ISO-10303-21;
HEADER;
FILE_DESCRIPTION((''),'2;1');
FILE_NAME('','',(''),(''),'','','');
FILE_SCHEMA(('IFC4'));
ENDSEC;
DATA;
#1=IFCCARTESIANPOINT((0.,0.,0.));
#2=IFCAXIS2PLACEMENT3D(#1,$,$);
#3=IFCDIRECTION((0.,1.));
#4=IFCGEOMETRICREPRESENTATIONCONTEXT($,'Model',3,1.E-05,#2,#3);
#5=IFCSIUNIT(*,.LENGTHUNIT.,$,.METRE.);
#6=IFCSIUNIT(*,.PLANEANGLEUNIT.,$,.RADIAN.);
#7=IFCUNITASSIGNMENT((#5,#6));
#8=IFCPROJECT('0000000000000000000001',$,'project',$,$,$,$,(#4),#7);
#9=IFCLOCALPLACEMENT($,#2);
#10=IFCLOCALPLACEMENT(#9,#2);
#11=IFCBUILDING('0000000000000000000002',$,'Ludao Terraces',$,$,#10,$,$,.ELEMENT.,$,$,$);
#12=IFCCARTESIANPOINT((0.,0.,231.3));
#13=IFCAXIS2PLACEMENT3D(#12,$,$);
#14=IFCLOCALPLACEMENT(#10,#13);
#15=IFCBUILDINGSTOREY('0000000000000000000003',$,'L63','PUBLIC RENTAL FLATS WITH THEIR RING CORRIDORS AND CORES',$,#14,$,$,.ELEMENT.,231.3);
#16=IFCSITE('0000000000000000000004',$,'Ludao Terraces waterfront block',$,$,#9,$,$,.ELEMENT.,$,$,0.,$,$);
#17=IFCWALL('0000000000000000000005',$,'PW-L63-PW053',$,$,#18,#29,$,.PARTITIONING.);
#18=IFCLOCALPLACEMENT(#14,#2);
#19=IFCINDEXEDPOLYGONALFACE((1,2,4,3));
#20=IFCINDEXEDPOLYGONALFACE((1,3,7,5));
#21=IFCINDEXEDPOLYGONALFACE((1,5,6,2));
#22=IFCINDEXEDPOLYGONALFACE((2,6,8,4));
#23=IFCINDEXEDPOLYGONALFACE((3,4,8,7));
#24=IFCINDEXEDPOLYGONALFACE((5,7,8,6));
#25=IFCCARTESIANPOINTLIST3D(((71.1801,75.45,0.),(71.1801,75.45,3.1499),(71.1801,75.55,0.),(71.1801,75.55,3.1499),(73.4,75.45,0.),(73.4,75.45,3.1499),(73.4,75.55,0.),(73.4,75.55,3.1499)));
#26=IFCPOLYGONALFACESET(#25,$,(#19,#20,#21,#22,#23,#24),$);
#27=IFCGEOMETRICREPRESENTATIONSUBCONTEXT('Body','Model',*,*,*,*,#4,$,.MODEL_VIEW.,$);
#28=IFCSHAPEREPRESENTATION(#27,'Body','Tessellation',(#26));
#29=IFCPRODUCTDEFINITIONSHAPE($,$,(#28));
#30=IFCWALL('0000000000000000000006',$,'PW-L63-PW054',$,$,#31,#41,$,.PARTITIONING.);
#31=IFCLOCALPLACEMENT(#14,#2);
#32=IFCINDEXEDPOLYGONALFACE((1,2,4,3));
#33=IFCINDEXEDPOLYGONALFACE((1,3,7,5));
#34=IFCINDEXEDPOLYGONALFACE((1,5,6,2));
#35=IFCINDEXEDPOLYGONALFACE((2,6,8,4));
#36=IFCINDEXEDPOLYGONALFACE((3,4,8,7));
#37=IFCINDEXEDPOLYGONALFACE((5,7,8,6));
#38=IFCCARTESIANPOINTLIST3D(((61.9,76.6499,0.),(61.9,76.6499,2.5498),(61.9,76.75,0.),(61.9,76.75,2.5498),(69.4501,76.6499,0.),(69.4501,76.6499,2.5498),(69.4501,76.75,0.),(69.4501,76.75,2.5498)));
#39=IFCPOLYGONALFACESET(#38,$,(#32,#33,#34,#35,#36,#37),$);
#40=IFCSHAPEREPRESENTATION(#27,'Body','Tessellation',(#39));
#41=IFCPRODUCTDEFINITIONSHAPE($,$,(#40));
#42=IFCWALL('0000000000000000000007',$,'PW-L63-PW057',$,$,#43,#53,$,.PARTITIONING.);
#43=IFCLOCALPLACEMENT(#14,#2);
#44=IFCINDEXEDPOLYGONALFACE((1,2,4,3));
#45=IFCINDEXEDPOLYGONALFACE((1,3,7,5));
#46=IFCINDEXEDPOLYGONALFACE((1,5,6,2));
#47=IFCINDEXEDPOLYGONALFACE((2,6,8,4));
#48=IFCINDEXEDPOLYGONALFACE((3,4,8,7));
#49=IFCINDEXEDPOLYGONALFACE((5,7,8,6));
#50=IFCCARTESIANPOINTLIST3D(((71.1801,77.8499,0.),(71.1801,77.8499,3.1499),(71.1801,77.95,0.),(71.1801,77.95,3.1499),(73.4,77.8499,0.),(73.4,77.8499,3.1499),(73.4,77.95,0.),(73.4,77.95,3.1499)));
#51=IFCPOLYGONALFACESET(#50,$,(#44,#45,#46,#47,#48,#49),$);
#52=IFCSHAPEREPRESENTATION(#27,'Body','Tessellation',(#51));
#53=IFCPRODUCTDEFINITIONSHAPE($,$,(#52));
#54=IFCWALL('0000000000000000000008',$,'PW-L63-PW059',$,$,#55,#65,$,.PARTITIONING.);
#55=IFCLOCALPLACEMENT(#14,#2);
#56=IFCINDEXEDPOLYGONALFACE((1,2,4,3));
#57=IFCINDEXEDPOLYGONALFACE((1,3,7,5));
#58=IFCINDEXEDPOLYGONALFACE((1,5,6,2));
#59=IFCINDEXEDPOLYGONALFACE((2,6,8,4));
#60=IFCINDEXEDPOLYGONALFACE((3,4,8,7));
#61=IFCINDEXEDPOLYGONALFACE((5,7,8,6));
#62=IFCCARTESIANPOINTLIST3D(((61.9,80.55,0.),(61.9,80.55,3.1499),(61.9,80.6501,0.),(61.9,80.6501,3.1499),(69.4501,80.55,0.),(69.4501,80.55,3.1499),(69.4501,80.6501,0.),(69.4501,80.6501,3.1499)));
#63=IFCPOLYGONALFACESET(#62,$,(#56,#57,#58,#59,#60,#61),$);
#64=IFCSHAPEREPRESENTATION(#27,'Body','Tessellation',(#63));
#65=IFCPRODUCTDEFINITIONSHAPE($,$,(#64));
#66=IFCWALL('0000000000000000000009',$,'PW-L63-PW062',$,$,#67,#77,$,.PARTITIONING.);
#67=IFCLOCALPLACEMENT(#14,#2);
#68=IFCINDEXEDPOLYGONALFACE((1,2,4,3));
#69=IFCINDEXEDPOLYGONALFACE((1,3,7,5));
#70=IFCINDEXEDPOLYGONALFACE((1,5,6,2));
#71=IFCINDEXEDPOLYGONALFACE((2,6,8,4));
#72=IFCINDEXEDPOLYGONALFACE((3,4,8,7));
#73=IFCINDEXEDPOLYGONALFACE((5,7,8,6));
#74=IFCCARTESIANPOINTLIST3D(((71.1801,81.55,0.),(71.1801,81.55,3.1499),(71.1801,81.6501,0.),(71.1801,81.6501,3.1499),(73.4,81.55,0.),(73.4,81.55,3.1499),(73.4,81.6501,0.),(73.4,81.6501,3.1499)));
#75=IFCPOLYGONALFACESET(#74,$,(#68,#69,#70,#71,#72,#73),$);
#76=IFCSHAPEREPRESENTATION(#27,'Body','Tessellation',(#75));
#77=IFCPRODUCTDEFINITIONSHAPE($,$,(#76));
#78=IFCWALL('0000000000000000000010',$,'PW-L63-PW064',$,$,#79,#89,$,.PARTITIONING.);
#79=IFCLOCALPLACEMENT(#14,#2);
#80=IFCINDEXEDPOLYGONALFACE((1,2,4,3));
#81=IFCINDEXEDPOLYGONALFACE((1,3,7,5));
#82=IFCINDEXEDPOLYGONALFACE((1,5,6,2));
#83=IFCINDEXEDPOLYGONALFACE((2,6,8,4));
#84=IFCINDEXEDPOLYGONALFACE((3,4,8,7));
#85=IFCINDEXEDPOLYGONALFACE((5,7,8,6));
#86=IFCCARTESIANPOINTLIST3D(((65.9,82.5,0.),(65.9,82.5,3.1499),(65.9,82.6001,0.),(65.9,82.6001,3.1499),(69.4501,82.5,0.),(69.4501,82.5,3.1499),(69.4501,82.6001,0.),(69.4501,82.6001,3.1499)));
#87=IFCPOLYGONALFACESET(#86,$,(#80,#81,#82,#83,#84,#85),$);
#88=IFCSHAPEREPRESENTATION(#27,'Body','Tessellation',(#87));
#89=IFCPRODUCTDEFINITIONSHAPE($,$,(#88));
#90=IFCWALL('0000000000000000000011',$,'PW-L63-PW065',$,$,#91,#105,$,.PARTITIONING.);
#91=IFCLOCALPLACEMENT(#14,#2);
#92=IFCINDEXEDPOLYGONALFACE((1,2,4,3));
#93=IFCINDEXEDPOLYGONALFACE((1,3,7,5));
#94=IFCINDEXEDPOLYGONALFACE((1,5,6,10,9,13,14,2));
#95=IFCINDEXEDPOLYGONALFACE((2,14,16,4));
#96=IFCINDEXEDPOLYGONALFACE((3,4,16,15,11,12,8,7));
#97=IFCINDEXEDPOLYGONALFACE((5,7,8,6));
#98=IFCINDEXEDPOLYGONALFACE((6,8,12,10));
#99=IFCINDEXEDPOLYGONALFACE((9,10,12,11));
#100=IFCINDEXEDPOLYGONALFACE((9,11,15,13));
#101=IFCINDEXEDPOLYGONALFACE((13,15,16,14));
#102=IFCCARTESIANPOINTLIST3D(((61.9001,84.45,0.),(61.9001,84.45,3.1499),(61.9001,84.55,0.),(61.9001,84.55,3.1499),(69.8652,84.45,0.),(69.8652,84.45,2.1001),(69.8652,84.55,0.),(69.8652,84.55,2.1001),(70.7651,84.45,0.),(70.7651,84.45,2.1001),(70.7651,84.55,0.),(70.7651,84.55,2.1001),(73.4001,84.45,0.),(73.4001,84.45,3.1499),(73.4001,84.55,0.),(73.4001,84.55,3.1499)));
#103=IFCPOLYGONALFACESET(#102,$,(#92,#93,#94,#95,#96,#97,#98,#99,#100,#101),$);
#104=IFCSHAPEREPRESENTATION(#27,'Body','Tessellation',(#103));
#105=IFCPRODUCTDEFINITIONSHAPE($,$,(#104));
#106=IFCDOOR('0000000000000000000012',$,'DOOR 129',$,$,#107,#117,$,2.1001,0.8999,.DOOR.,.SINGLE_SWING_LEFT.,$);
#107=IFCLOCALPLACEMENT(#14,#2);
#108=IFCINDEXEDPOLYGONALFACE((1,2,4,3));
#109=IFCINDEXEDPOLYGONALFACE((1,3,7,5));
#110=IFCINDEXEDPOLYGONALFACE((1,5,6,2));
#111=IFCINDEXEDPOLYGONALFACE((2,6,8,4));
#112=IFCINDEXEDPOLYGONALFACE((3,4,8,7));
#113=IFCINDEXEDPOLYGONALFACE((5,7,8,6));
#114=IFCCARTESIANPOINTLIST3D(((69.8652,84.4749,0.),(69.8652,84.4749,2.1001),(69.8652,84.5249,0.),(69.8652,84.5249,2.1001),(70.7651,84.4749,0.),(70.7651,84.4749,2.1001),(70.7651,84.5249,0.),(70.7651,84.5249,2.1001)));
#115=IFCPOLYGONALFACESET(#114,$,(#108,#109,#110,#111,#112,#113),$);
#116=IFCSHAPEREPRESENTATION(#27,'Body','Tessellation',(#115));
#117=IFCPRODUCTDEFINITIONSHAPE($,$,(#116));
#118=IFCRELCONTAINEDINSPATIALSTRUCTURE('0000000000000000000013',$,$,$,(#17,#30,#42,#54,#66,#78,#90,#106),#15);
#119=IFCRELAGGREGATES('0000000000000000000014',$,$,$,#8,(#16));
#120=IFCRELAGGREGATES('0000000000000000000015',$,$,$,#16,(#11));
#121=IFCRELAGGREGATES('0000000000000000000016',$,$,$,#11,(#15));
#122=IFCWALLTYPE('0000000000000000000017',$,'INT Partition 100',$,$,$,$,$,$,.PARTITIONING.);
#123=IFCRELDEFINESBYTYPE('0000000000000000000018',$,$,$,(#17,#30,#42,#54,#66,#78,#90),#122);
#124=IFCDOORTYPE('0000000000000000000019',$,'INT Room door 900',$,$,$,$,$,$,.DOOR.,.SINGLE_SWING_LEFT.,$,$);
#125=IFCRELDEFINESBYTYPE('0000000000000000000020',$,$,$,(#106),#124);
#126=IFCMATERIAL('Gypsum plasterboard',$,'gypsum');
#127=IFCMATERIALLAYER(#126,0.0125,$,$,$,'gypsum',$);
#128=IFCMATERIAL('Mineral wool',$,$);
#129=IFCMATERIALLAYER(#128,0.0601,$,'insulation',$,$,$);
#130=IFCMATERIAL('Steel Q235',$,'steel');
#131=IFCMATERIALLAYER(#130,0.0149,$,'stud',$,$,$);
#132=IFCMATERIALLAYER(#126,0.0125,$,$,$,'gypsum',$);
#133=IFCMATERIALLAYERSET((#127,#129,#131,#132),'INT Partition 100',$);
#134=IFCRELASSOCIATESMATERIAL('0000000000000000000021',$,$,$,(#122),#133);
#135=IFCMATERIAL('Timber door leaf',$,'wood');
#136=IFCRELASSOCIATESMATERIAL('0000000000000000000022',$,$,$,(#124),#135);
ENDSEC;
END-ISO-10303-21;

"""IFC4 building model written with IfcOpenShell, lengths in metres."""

from ifc_helpers import new_model, si_unit, direction, frame, frame_2d, origin, place, context, subcontext, project, spatial, rectangle, extrude, material, layer, layer_set, type_object, element, fill, save


model = new_model("IFC4")

# Units and contexts
model_context = context("Model", 3, precision=1e-05, world=origin(), true_north=direction((0.0, 1.0)))
body_context = subcontext(model_context, "Body", "Model", "MODEL_VIEW")
ifc_project = project(units=[si_unit("LENGTHUNIT", "METRE"), si_unit("PLANEANGLEUNIT", "RADIAN")], contexts=[model_context])

# Site, building, storey
site_placement = place(None, origin())
site = spatial("IfcSite", under=ifc_project, at=site_placement, Name="Ludao Terraces waterfront block", CompositionType="ELEMENT", RefElevation=0.0)
building_placement = place(site_placement, origin())
building = spatial("IfcBuilding", under=site, at=building_placement, Name="Ludao Terraces", CompositionType="ELEMENT")
storey_placement = place(building_placement, frame((0.0, 0.0, 231.3)))
storey = spatial("IfcBuildingStorey", under=building, at=storey_placement, Name="L63", Description="PUBLIC RENTAL FLATS WITH THEIR RING CORRIDORS AND CORES", CompositionType="ELEMENT", Elevation=231.3)

# Shared definitions
ifc_material_1 = material(Name="Mineral wool")

# Walls
ifc_material_2 = material(Name="Gypsum plasterboard", Category="gypsum")
ifc_layer_1 = layer(ifc_material_2, 0.0125, Category="gypsum")
ifc_layer_2 = layer(ifc_material_1, 0.0601, Name="insulation")
ifc_material_3 = material(Name="Steel Q235", Category="steel")
ifc_layer_3 = layer(ifc_material_3, 0.0149, Name="stud")
ifc_layer_4 = layer(ifc_material_2, 0.0125, Category="gypsum")
ifc_layer_set_1 = layer_set([ifc_layer_1, ifc_layer_2, ifc_layer_3, ifc_layer_4], Name="INT Partition 100")
wall_type_1 = type_object("IfcWallType", Name="INT Partition 100", PredefinedType="PARTITIONING", material=ifc_layer_set_1)
wall_1_placement = place(storey_placement, frame((71.1802, 75.5, 0.0), z_axis=(0.0, 0.0, 1.0), x_axis=(1.0, 0.0, 0.0)))
element("IfcWall", 1, at=wall_1_placement, inside=storey, type_object=wall_type_1, Name="PW-L63-PW053", PredefinedType="PARTITIONING", context=body_context, shape_type="SweptSolid", body=[
    extrude(rectangle(XDim=2.22, YDim=0.1001, at=frame_2d((1.1099, 0.0))), origin(), (0.0, 0.0, 1.0), 3.1499),
])
wall_2_placement = place(storey_placement, frame((61.9001, 76.7, 0.0), z_axis=(0.0, 0.0, 1.0), x_axis=(1.0, 0.0, 0.0)))
element("IfcWall", 2, at=wall_2_placement, inside=storey, type_object=wall_type_1, Name="PW-L63-PW054", PredefinedType="PARTITIONING", context=body_context, shape_type="SweptSolid", body=[
    extrude(rectangle(XDim=7.55, YDim=0.1001, at=frame_2d((3.7749, 0.0))), origin(), (0.0, 0.0, 1.0), 2.5498),
])
wall_3_placement = place(storey_placement, frame((71.1802, 77.8999, 0.0), z_axis=(0.0, 0.0, 1.0), x_axis=(1.0, 0.0, 0.0)))
element("IfcWall", 3, at=wall_3_placement, inside=storey, type_object=wall_type_1, Name="PW-L63-PW057", PredefinedType="PARTITIONING", context=body_context, shape_type="SweptSolid", body=[
    extrude(rectangle(XDim=2.22, YDim=0.1001, at=frame_2d((1.1099, 0.0))), origin(), (0.0, 0.0, 1.0), 3.1499),
])
wall_4_placement = place(storey_placement, frame((61.9001, 80.6001, 0.0), z_axis=(0.0, 0.0, 1.0), x_axis=(1.0, 0.0, 0.0)))
element("IfcWall", 4, at=wall_4_placement, inside=storey, type_object=wall_type_1, Name="PW-L63-PW059", PredefinedType="PARTITIONING", context=body_context, shape_type="SweptSolid", body=[
    extrude(rectangle(XDim=7.55, YDim=0.1001, at=frame_2d((3.7749, 0.0))), origin(), (0.0, 0.0, 1.0), 3.1499),
])
wall_5_placement = place(storey_placement, frame((71.1802, 81.6001, 0.0), z_axis=(0.0, 0.0, 1.0), x_axis=(1.0, 0.0, 0.0)))
element("IfcWall", 5, at=wall_5_placement, inside=storey, type_object=wall_type_1, Name="PW-L63-PW062", PredefinedType="PARTITIONING", context=body_context, shape_type="SweptSolid", body=[
    extrude(rectangle(XDim=2.22, YDim=0.1001, at=frame_2d((1.1099, 0.0))), origin(), (0.0, 0.0, 1.0), 3.1499),
])
wall_6_placement = place(storey_placement, frame((65.9001, 82.55, 0.0), z_axis=(0.0, 0.0, 1.0), x_axis=(1.0, 0.0, 0.0)))
element("IfcWall", 6, at=wall_6_placement, inside=storey, type_object=wall_type_1, Name="PW-L63-PW064", PredefinedType="PARTITIONING", context=body_context, shape_type="SweptSolid", body=[
    extrude(rectangle(XDim=3.55, YDim=0.1001, at=frame_2d((1.7749, 0.0))), origin(), (0.0, 0.0, 1.0), 3.1499),
])

# Wall, opening, door
wall_7_placement = place(storey_placement, frame((61.9001, 84.5, 0.0), z_axis=(0.0, 0.0, 1.0), x_axis=(1.0, 0.0, 0.0)))
wall_7 = element("IfcWall", 7, at=wall_7_placement, inside=storey, type_object=wall_type_1, Name="PW-L63-PW065", PredefinedType="PARTITIONING", context=body_context, shape_type="SweptSolid", body=[
    extrude(rectangle(XDim=11.5, YDim=0.1001, at=frame_2d((5.75, 0.0))), origin(), (0.0, 0.0, 1.0), 3.1499),
])
opening_1_placement = place(wall_7_placement, frame((7.9651, 0.0, 0.0)))
opening_1 = element("IfcOpeningElement", 8, at=opening_1_placement, cuts=wall_7, PredefinedType="OPENING", context=body_context, shape_type="SweptSolid", body=[
    extrude(rectangle(XDim=0.8999, YDim=2.1001, at=frame_2d((0.45, 1.05))), frame((0.0, 0.0601, 0.0), z_axis=(0.0, -1.0, 0.0), x_axis=(1.0, 0.0, 0.0)), (0.0, 0.0, 1.0), 0.1201),
])
ifc_material_4 = material(Name="Timber door leaf", Category="wood")
door_type = type_object("IfcDoorType", Name="INT Room door 900", OperationType="SINGLE_SWING_LEFT", PredefinedType="DOOR", material=ifc_material_4)
door_placement = place(opening_1_placement, origin())
door = element("IfcDoor", 9, at=door_placement, inside=storey, type_object=door_type, Name="DOOR 129", OperationType="SINGLE_SWING_LEFT", OverallHeight=2.1001, OverallWidth=0.8999, PredefinedType="DOOR", context=body_context, shape_type="SweptSolid", body=[
    extrude(rectangle(XDim=0.8999, YDim=2.1001, at=frame_2d((0.45, 1.05))), frame((0.0, 0.0249, 0.0), z_axis=(0.0, -1.0, 0.0), x_axis=(1.0, 0.0, 0.0)), (0.0, 0.0, 1.0), 0.05),
])
fill(opening_1, door)

save(model, "model.ifc")
